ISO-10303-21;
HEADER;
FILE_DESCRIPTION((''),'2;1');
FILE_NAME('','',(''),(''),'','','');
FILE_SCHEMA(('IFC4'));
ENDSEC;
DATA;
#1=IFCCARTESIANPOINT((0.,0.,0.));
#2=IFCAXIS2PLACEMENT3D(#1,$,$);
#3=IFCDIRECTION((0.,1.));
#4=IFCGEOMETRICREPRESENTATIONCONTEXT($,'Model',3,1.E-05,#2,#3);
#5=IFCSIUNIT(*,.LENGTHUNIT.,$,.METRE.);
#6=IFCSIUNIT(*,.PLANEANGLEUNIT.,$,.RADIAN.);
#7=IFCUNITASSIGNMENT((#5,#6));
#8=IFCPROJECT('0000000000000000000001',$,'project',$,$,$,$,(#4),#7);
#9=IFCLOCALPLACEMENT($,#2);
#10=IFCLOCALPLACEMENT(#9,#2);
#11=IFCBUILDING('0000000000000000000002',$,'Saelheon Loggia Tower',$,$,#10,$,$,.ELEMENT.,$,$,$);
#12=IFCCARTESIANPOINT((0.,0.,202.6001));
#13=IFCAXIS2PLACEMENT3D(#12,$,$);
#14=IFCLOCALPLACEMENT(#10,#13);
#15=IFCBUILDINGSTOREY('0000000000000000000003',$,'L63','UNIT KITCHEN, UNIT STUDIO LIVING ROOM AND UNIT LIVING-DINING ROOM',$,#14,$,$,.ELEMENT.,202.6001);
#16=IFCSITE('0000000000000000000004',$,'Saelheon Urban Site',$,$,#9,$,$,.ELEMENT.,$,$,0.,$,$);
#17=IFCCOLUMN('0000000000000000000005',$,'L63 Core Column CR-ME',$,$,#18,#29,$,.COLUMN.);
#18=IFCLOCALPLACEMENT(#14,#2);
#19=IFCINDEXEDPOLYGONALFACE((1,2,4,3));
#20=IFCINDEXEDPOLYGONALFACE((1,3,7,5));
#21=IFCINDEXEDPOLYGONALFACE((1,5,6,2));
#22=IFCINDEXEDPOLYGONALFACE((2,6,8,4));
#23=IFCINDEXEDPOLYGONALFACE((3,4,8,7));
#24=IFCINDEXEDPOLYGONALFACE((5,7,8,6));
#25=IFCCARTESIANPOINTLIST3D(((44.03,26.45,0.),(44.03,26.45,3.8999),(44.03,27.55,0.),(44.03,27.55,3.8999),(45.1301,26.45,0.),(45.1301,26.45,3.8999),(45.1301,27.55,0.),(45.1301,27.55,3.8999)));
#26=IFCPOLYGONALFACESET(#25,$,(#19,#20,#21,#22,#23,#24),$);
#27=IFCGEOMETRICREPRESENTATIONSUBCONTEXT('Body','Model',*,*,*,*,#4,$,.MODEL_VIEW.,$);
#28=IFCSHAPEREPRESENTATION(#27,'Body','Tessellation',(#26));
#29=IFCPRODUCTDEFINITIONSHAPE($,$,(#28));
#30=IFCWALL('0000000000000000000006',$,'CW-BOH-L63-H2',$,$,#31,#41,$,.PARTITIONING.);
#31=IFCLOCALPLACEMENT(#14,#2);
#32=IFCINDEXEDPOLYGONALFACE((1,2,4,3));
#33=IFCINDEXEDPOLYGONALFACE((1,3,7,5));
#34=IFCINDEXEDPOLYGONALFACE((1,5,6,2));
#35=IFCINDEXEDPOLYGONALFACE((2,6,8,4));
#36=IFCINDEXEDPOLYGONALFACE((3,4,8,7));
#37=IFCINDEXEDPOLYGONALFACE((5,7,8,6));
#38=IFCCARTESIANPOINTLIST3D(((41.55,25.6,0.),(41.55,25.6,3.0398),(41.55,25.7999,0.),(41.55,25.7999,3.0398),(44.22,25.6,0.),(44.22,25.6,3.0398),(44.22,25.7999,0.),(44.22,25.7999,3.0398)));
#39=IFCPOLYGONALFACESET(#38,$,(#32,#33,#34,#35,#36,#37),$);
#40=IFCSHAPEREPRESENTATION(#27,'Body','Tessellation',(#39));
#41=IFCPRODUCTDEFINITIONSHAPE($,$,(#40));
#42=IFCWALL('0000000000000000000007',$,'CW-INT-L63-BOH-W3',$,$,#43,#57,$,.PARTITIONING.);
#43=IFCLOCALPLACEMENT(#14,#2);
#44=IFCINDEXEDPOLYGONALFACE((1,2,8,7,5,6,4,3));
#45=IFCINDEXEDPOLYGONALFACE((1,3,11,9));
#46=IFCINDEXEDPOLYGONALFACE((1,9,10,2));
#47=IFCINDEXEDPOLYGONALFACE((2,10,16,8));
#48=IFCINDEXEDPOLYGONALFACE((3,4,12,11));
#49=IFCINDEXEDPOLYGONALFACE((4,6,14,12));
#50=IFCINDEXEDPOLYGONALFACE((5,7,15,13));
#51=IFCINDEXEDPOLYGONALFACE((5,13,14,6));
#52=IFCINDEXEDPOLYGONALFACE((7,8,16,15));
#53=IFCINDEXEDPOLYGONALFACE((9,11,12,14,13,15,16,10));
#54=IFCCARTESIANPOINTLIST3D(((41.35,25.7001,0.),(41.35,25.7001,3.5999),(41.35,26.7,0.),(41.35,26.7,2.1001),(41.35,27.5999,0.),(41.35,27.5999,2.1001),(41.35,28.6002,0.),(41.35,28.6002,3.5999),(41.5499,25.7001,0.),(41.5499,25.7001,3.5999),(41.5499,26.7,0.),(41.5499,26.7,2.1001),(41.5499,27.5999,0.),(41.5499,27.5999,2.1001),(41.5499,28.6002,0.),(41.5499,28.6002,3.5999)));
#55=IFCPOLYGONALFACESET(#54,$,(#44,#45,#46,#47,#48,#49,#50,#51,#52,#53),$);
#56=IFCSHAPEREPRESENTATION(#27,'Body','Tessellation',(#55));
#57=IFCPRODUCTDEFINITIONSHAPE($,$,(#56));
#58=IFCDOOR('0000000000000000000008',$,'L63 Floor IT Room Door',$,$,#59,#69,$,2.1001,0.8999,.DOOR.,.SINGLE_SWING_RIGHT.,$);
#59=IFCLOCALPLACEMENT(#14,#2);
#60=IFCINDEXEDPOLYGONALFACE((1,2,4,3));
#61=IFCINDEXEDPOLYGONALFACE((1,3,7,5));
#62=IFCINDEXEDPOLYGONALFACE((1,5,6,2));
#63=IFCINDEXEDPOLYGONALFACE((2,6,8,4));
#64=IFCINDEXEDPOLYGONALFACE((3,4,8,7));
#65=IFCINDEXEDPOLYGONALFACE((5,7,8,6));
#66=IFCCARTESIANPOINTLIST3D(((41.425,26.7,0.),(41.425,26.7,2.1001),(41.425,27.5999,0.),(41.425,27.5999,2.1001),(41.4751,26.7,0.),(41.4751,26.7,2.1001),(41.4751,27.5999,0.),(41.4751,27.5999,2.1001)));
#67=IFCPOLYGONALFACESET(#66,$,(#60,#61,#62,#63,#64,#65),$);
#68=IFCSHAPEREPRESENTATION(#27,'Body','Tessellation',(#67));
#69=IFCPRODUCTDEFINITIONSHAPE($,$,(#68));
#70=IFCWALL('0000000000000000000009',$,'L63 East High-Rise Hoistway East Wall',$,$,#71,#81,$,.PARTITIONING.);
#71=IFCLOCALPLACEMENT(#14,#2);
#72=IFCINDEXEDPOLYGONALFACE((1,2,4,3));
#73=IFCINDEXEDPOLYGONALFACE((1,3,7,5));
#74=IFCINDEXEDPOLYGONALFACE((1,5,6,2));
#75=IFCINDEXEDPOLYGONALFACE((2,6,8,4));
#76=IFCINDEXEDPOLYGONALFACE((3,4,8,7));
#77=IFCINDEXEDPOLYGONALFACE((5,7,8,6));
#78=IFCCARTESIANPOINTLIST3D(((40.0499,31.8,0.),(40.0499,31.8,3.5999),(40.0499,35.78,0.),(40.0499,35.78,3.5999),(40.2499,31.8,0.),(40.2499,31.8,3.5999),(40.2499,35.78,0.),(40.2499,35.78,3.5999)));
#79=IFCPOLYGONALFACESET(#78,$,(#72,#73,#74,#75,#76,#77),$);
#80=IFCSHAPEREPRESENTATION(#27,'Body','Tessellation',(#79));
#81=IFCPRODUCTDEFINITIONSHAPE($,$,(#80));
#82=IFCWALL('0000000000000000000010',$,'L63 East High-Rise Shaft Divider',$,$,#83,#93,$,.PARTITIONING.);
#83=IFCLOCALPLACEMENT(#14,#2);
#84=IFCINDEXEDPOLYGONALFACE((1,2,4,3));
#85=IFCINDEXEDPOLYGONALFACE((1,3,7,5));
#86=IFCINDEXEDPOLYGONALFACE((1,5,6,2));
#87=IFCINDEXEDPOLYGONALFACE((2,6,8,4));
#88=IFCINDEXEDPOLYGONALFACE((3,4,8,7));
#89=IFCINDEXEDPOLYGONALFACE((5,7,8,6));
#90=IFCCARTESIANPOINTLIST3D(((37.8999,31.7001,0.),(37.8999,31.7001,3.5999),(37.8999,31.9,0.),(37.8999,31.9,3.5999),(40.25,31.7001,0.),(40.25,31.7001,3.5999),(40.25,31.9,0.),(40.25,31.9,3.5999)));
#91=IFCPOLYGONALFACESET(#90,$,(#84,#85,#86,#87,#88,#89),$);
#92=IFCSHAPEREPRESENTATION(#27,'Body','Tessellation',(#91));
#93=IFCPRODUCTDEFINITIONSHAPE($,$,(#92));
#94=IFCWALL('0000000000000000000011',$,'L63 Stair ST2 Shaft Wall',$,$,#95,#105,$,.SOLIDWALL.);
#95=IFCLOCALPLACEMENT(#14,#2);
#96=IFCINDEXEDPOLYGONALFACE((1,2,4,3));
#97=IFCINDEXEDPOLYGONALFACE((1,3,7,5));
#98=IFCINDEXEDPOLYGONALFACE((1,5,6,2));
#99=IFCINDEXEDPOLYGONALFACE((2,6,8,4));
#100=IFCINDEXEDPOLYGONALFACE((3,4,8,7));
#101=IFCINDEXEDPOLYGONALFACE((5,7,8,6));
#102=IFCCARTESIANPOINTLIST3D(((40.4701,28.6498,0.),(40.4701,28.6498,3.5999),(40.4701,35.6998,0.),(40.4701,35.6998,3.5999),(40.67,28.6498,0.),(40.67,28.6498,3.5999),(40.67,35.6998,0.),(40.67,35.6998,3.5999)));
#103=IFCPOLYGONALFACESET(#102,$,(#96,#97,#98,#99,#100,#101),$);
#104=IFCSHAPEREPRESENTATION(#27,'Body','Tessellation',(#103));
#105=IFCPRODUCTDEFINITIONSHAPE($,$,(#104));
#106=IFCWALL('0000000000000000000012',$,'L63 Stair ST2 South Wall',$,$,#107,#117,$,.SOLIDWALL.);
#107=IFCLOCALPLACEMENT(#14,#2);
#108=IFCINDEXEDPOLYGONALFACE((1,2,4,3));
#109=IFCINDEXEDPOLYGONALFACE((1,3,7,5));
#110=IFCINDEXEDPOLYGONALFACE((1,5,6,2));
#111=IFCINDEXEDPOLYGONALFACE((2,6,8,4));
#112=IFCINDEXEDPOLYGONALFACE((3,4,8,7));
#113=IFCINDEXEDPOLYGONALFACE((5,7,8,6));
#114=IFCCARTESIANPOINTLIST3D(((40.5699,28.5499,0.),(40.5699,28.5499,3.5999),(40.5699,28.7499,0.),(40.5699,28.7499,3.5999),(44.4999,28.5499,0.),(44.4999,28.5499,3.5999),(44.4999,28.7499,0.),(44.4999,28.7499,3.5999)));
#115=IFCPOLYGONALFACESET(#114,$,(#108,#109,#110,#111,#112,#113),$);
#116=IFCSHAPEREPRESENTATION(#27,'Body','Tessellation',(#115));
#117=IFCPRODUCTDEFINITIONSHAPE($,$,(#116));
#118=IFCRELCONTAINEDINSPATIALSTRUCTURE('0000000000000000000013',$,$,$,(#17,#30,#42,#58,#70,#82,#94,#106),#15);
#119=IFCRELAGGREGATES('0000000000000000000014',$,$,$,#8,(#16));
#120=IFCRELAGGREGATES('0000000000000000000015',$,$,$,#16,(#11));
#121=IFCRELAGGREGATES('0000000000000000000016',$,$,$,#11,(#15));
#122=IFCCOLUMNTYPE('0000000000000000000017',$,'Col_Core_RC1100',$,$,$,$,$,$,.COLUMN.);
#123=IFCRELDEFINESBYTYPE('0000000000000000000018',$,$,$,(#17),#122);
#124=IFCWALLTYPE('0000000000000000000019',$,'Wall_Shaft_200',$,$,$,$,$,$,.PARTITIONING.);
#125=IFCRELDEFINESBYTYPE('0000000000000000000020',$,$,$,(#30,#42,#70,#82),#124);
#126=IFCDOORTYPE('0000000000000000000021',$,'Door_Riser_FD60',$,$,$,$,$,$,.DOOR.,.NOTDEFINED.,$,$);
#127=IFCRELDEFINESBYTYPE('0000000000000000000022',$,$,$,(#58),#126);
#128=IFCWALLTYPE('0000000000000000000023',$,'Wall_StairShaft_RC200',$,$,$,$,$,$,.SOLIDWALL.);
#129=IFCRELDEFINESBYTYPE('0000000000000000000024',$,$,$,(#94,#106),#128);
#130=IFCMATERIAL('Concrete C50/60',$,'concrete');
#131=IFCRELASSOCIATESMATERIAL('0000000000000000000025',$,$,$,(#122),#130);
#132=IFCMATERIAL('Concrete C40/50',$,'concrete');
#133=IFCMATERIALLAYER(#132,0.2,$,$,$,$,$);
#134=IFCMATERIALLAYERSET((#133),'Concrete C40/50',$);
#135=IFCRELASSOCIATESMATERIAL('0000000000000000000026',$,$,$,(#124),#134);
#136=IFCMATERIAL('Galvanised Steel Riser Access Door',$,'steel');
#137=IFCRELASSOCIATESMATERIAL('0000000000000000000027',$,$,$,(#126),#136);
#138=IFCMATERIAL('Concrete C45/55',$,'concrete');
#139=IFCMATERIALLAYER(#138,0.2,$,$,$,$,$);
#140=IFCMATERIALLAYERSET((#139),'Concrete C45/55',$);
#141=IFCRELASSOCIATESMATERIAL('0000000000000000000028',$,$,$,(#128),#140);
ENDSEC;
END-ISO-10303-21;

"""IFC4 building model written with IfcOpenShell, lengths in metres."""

from ifc_helpers import new_model, si_unit, direction, frame, frame_2d, origin, origin_2d, place, context, subcontext, project, spatial, rectangle, extrude, source, transform, mapped, material, layer, layer_set, material_profile, profile_set, type_object, element, fill, save


model = new_model("IFC4")

# Units and contexts
model_context = context("Model", 3, precision=1e-05, world=origin(), true_north=direction((0.0, 1.0)))
body_context = subcontext(model_context, "Body", "Model", "MODEL_VIEW")
ifc_project = project(units=[si_unit("LENGTHUNIT", "METRE"), si_unit("PLANEANGLEUNIT", "RADIAN")], contexts=[model_context])

# Site, building, storey
site_placement = place(None, origin())
site = spatial("IfcSite", under=ifc_project, at=site_placement, Name="Saelheon Urban Site", CompositionType="ELEMENT", RefElevation=0.0)
building_placement = place(site_placement, origin())
building = spatial("IfcBuilding", under=site, at=building_placement, Name="Saelheon Loggia Tower", CompositionType="ELEMENT")
storey_placement = place(building_placement, frame((0.0, 0.0, 202.6001)))
storey = spatial("IfcBuildingStorey", under=building, at=storey_placement, Name="L63", Description="UNIT KITCHEN, UNIT STUDIO LIVING ROOM AND UNIT LIVING-DINING ROOM", CompositionType="ELEMENT", Elevation=202.6001)

# Column
ifc_material_1 = material(Name="Concrete C50/60", Category="concrete")
ifc_material_profile = material_profile(ifc_material_1, rectangle(XDim=1.1001, YDim=1.1001, at=origin_2d()), Name="RC-1100x1100")
ifc_profile_set = profile_set([ifc_material_profile], Name="Concrete C50/60")
column_type = type_object("IfcColumnType", Name="Col_Core_RC1100", PredefinedType="COLUMN", material=ifc_profile_set)
shared_shape_1 = source(origin(), body_context, "Body", "SweptSolid", [
    extrude(rectangle(XDim=1.1001, YDim=1.1001, at=origin_2d()), origin(), (0.0, 0.0, 1.0), 3.8999),
])
column_placement = place(storey_placement, frame((44.5801, 27.0, 0.0), z_axis=(0.0, 0.0, 1.0), x_axis=(1.0, 0.0, 0.0)))
element("IfcColumn", 1, at=column_placement, inside=storey, type_object=column_type, Name="L63 Core Column CR-ME", PredefinedType="COLUMN", context=body_context, shape_type="MappedRepresentation", body=[
    mapped(shared_shape_1, transform((0.0, 0.0, 0.0), scale=1.0)),
])

# Wall
ifc_material_2 = material(Name="Concrete C40/50", Category="concrete")
ifc_layer_1 = layer(ifc_material_2, 0.2)
ifc_layer_set_1 = layer_set([ifc_layer_1], Name="Concrete C40/50")
wall_type_1 = type_object("IfcWallType", Name="Wall_Shaft_200", PredefinedType="PARTITIONING", material=ifc_layer_set_1)
wall_1_placement = place(storey_placement, frame((41.55, 25.7, 0.0), z_axis=(0.0, 0.0, 1.0), x_axis=(1.0, 0.0, 0.0)))
element("IfcWall", 2, at=wall_1_placement, inside=storey, type_object=wall_type_1, Name="CW-BOH-L63-H2", PredefinedType="PARTITIONING", context=body_context, shape_type="SweptSolid", body=[
    extrude(rectangle(XDim=2.6699, YDim=0.2, at=frame_2d((1.335, 0.0))), origin(), (0.0, 0.0, 1.0), 3.0398),
])

# Wall, opening, door
wall_2_placement = place(storey_placement, frame((41.45, 25.7, 0.0), z_axis=(0.0, 0.0, 1.0), x_axis=(0.0, 1.0, 0.0)))
wall_2 = element("IfcWall", 3, at=wall_2_placement, inside=storey, type_object=wall_type_1, Name="CW-INT-L63-BOH-W3", PredefinedType="PARTITIONING", context=body_context, shape_type="SweptSolid", body=[
    extrude(rectangle(XDim=2.9001, YDim=0.2, at=frame_2d((1.4502, 0.0))), origin(), (0.0, 0.0, 1.0), 3.5999),
])
opening_placement = place(wall_2_placement, frame((1.0, 0.0, 0.0)))
opening = element("IfcOpeningElement", 4, at=opening_placement, cuts=wall_2, PredefinedType="OPENING", context=body_context, shape_type="SweptSolid", body=[
    extrude(rectangle(XDim=0.8999, YDim=2.1001, at=frame_2d((0.45, 1.05))), frame((0.0, 0.1121, 0.0), z_axis=(0.0, -1.0, 0.0), x_axis=(1.0, 0.0, 0.0)), (0.0, 0.0, 1.0), 0.2239),
])
ifc_material_3 = material(Name="Galvanised Steel Riser Access Door", Category="steel")
door_type = type_object("IfcDoorType", Name="Door_Riser_FD60", OperationType="NOTDEFINED", PredefinedType="DOOR", material=ifc_material_3)
shared_shape_2 = source(origin(), body_context, "Body", "SweptSolid", [
    extrude(rectangle(XDim=0.8999, YDim=2.1001, at=frame_2d((0.45, 1.05))), frame((0.0, 0.0249, 0.0), z_axis=(0.0, -1.0, 0.0), x_axis=(1.0, 0.0, 0.0)), (0.0, 0.0, 1.0), 0.05),
])
door_placement = place(opening_placement, origin())
door = element("IfcDoor", 5, at=door_placement, inside=storey, type_object=door_type, Name="L63 Floor IT Room Door", OperationType="SINGLE_SWING_RIGHT", OverallHeight=2.1001, OverallWidth=0.8999, PredefinedType="DOOR", context=body_context, shape_type="MappedRepresentation", body=[
    mapped(shared_shape_2, transform((0.0, 0.0, 0.0), scale=1.0)),
])
fill(opening, door)

# Walls
wall_3_placement = place(storey_placement, frame((40.1499, 31.8, 0.0), z_axis=(0.0, 0.0, 1.0), x_axis=(0.0, 1.0, 0.0)))
element("IfcWall", 6, at=wall_3_placement, inside=storey, type_object=wall_type_1, Name="L63 East High-Rise Hoistway East Wall", PredefinedType="PARTITIONING", context=body_context, shape_type="SweptSolid", body=[
    extrude(rectangle(XDim=3.98, YDim=0.2, at=frame_2d((1.99, 0.0))), origin(), (0.0, 0.0, 1.0), 3.5999),
])
wall_4_placement = place(storey_placement, frame((37.8999, 31.8, 0.0), z_axis=(0.0, 0.0, 1.0), x_axis=(1.0, 0.0, 0.0)))
element("IfcWall", 7, at=wall_4_placement, inside=storey, type_object=wall_type_1, Name="L63 East High-Rise Shaft Divider", PredefinedType="PARTITIONING", context=body_context, shape_type="SweptSolid", body=[
    extrude(rectangle(XDim=2.3501, YDim=0.2, at=frame_2d((1.175, 0.0))), origin(), (0.0, 0.0, 1.0), 3.5999),
])
ifc_material_4 = material(Name="Concrete C45/55", Category="concrete")
ifc_layer_2 = layer(ifc_material_4, 0.2)
ifc_layer_set_2 = layer_set([ifc_layer_2], Name="Concrete C45/55")
wall_type_2 = type_object("IfcWallType", Name="Wall_StairShaft_RC200", PredefinedType="SOLIDWALL", material=ifc_layer_set_2)
wall_5_placement = place(storey_placement, frame((40.5701, 28.6499, 0.0), z_axis=(0.0, 0.0, 1.0), x_axis=(0.0, 1.0, 0.0)))
element("IfcWall", 8, at=wall_5_placement, inside=storey, type_object=wall_type_2, Name="L63 Stair ST2 Shaft Wall", PredefinedType="SOLIDWALL", context=body_context, shape_type="SweptSolid", body=[
    extrude(rectangle(XDim=7.05, YDim=0.2, at=frame_2d((3.5249, 0.0))), origin(), (0.0, 0.0, 1.0), 3.5999),
])
wall_6_placement = place(storey_placement, frame((40.5701, 28.6499, 0.0), z_axis=(0.0, 0.0, 1.0), x_axis=(1.0, 0.0, 0.0)))
element("IfcWall", 9, at=wall_6_placement, inside=storey, type_object=wall_type_2, Name="L63 Stair ST2 South Wall", PredefinedType="SOLIDWALL", context=body_context, shape_type="SweptSolid", body=[
    extrude(rectangle(XDim=3.9299, YDim=0.2, at=frame_2d((1.9648, 0.0))), origin(), (0.0, 0.0, 1.0), 3.5999),
])

save(model, "model.ifc")
